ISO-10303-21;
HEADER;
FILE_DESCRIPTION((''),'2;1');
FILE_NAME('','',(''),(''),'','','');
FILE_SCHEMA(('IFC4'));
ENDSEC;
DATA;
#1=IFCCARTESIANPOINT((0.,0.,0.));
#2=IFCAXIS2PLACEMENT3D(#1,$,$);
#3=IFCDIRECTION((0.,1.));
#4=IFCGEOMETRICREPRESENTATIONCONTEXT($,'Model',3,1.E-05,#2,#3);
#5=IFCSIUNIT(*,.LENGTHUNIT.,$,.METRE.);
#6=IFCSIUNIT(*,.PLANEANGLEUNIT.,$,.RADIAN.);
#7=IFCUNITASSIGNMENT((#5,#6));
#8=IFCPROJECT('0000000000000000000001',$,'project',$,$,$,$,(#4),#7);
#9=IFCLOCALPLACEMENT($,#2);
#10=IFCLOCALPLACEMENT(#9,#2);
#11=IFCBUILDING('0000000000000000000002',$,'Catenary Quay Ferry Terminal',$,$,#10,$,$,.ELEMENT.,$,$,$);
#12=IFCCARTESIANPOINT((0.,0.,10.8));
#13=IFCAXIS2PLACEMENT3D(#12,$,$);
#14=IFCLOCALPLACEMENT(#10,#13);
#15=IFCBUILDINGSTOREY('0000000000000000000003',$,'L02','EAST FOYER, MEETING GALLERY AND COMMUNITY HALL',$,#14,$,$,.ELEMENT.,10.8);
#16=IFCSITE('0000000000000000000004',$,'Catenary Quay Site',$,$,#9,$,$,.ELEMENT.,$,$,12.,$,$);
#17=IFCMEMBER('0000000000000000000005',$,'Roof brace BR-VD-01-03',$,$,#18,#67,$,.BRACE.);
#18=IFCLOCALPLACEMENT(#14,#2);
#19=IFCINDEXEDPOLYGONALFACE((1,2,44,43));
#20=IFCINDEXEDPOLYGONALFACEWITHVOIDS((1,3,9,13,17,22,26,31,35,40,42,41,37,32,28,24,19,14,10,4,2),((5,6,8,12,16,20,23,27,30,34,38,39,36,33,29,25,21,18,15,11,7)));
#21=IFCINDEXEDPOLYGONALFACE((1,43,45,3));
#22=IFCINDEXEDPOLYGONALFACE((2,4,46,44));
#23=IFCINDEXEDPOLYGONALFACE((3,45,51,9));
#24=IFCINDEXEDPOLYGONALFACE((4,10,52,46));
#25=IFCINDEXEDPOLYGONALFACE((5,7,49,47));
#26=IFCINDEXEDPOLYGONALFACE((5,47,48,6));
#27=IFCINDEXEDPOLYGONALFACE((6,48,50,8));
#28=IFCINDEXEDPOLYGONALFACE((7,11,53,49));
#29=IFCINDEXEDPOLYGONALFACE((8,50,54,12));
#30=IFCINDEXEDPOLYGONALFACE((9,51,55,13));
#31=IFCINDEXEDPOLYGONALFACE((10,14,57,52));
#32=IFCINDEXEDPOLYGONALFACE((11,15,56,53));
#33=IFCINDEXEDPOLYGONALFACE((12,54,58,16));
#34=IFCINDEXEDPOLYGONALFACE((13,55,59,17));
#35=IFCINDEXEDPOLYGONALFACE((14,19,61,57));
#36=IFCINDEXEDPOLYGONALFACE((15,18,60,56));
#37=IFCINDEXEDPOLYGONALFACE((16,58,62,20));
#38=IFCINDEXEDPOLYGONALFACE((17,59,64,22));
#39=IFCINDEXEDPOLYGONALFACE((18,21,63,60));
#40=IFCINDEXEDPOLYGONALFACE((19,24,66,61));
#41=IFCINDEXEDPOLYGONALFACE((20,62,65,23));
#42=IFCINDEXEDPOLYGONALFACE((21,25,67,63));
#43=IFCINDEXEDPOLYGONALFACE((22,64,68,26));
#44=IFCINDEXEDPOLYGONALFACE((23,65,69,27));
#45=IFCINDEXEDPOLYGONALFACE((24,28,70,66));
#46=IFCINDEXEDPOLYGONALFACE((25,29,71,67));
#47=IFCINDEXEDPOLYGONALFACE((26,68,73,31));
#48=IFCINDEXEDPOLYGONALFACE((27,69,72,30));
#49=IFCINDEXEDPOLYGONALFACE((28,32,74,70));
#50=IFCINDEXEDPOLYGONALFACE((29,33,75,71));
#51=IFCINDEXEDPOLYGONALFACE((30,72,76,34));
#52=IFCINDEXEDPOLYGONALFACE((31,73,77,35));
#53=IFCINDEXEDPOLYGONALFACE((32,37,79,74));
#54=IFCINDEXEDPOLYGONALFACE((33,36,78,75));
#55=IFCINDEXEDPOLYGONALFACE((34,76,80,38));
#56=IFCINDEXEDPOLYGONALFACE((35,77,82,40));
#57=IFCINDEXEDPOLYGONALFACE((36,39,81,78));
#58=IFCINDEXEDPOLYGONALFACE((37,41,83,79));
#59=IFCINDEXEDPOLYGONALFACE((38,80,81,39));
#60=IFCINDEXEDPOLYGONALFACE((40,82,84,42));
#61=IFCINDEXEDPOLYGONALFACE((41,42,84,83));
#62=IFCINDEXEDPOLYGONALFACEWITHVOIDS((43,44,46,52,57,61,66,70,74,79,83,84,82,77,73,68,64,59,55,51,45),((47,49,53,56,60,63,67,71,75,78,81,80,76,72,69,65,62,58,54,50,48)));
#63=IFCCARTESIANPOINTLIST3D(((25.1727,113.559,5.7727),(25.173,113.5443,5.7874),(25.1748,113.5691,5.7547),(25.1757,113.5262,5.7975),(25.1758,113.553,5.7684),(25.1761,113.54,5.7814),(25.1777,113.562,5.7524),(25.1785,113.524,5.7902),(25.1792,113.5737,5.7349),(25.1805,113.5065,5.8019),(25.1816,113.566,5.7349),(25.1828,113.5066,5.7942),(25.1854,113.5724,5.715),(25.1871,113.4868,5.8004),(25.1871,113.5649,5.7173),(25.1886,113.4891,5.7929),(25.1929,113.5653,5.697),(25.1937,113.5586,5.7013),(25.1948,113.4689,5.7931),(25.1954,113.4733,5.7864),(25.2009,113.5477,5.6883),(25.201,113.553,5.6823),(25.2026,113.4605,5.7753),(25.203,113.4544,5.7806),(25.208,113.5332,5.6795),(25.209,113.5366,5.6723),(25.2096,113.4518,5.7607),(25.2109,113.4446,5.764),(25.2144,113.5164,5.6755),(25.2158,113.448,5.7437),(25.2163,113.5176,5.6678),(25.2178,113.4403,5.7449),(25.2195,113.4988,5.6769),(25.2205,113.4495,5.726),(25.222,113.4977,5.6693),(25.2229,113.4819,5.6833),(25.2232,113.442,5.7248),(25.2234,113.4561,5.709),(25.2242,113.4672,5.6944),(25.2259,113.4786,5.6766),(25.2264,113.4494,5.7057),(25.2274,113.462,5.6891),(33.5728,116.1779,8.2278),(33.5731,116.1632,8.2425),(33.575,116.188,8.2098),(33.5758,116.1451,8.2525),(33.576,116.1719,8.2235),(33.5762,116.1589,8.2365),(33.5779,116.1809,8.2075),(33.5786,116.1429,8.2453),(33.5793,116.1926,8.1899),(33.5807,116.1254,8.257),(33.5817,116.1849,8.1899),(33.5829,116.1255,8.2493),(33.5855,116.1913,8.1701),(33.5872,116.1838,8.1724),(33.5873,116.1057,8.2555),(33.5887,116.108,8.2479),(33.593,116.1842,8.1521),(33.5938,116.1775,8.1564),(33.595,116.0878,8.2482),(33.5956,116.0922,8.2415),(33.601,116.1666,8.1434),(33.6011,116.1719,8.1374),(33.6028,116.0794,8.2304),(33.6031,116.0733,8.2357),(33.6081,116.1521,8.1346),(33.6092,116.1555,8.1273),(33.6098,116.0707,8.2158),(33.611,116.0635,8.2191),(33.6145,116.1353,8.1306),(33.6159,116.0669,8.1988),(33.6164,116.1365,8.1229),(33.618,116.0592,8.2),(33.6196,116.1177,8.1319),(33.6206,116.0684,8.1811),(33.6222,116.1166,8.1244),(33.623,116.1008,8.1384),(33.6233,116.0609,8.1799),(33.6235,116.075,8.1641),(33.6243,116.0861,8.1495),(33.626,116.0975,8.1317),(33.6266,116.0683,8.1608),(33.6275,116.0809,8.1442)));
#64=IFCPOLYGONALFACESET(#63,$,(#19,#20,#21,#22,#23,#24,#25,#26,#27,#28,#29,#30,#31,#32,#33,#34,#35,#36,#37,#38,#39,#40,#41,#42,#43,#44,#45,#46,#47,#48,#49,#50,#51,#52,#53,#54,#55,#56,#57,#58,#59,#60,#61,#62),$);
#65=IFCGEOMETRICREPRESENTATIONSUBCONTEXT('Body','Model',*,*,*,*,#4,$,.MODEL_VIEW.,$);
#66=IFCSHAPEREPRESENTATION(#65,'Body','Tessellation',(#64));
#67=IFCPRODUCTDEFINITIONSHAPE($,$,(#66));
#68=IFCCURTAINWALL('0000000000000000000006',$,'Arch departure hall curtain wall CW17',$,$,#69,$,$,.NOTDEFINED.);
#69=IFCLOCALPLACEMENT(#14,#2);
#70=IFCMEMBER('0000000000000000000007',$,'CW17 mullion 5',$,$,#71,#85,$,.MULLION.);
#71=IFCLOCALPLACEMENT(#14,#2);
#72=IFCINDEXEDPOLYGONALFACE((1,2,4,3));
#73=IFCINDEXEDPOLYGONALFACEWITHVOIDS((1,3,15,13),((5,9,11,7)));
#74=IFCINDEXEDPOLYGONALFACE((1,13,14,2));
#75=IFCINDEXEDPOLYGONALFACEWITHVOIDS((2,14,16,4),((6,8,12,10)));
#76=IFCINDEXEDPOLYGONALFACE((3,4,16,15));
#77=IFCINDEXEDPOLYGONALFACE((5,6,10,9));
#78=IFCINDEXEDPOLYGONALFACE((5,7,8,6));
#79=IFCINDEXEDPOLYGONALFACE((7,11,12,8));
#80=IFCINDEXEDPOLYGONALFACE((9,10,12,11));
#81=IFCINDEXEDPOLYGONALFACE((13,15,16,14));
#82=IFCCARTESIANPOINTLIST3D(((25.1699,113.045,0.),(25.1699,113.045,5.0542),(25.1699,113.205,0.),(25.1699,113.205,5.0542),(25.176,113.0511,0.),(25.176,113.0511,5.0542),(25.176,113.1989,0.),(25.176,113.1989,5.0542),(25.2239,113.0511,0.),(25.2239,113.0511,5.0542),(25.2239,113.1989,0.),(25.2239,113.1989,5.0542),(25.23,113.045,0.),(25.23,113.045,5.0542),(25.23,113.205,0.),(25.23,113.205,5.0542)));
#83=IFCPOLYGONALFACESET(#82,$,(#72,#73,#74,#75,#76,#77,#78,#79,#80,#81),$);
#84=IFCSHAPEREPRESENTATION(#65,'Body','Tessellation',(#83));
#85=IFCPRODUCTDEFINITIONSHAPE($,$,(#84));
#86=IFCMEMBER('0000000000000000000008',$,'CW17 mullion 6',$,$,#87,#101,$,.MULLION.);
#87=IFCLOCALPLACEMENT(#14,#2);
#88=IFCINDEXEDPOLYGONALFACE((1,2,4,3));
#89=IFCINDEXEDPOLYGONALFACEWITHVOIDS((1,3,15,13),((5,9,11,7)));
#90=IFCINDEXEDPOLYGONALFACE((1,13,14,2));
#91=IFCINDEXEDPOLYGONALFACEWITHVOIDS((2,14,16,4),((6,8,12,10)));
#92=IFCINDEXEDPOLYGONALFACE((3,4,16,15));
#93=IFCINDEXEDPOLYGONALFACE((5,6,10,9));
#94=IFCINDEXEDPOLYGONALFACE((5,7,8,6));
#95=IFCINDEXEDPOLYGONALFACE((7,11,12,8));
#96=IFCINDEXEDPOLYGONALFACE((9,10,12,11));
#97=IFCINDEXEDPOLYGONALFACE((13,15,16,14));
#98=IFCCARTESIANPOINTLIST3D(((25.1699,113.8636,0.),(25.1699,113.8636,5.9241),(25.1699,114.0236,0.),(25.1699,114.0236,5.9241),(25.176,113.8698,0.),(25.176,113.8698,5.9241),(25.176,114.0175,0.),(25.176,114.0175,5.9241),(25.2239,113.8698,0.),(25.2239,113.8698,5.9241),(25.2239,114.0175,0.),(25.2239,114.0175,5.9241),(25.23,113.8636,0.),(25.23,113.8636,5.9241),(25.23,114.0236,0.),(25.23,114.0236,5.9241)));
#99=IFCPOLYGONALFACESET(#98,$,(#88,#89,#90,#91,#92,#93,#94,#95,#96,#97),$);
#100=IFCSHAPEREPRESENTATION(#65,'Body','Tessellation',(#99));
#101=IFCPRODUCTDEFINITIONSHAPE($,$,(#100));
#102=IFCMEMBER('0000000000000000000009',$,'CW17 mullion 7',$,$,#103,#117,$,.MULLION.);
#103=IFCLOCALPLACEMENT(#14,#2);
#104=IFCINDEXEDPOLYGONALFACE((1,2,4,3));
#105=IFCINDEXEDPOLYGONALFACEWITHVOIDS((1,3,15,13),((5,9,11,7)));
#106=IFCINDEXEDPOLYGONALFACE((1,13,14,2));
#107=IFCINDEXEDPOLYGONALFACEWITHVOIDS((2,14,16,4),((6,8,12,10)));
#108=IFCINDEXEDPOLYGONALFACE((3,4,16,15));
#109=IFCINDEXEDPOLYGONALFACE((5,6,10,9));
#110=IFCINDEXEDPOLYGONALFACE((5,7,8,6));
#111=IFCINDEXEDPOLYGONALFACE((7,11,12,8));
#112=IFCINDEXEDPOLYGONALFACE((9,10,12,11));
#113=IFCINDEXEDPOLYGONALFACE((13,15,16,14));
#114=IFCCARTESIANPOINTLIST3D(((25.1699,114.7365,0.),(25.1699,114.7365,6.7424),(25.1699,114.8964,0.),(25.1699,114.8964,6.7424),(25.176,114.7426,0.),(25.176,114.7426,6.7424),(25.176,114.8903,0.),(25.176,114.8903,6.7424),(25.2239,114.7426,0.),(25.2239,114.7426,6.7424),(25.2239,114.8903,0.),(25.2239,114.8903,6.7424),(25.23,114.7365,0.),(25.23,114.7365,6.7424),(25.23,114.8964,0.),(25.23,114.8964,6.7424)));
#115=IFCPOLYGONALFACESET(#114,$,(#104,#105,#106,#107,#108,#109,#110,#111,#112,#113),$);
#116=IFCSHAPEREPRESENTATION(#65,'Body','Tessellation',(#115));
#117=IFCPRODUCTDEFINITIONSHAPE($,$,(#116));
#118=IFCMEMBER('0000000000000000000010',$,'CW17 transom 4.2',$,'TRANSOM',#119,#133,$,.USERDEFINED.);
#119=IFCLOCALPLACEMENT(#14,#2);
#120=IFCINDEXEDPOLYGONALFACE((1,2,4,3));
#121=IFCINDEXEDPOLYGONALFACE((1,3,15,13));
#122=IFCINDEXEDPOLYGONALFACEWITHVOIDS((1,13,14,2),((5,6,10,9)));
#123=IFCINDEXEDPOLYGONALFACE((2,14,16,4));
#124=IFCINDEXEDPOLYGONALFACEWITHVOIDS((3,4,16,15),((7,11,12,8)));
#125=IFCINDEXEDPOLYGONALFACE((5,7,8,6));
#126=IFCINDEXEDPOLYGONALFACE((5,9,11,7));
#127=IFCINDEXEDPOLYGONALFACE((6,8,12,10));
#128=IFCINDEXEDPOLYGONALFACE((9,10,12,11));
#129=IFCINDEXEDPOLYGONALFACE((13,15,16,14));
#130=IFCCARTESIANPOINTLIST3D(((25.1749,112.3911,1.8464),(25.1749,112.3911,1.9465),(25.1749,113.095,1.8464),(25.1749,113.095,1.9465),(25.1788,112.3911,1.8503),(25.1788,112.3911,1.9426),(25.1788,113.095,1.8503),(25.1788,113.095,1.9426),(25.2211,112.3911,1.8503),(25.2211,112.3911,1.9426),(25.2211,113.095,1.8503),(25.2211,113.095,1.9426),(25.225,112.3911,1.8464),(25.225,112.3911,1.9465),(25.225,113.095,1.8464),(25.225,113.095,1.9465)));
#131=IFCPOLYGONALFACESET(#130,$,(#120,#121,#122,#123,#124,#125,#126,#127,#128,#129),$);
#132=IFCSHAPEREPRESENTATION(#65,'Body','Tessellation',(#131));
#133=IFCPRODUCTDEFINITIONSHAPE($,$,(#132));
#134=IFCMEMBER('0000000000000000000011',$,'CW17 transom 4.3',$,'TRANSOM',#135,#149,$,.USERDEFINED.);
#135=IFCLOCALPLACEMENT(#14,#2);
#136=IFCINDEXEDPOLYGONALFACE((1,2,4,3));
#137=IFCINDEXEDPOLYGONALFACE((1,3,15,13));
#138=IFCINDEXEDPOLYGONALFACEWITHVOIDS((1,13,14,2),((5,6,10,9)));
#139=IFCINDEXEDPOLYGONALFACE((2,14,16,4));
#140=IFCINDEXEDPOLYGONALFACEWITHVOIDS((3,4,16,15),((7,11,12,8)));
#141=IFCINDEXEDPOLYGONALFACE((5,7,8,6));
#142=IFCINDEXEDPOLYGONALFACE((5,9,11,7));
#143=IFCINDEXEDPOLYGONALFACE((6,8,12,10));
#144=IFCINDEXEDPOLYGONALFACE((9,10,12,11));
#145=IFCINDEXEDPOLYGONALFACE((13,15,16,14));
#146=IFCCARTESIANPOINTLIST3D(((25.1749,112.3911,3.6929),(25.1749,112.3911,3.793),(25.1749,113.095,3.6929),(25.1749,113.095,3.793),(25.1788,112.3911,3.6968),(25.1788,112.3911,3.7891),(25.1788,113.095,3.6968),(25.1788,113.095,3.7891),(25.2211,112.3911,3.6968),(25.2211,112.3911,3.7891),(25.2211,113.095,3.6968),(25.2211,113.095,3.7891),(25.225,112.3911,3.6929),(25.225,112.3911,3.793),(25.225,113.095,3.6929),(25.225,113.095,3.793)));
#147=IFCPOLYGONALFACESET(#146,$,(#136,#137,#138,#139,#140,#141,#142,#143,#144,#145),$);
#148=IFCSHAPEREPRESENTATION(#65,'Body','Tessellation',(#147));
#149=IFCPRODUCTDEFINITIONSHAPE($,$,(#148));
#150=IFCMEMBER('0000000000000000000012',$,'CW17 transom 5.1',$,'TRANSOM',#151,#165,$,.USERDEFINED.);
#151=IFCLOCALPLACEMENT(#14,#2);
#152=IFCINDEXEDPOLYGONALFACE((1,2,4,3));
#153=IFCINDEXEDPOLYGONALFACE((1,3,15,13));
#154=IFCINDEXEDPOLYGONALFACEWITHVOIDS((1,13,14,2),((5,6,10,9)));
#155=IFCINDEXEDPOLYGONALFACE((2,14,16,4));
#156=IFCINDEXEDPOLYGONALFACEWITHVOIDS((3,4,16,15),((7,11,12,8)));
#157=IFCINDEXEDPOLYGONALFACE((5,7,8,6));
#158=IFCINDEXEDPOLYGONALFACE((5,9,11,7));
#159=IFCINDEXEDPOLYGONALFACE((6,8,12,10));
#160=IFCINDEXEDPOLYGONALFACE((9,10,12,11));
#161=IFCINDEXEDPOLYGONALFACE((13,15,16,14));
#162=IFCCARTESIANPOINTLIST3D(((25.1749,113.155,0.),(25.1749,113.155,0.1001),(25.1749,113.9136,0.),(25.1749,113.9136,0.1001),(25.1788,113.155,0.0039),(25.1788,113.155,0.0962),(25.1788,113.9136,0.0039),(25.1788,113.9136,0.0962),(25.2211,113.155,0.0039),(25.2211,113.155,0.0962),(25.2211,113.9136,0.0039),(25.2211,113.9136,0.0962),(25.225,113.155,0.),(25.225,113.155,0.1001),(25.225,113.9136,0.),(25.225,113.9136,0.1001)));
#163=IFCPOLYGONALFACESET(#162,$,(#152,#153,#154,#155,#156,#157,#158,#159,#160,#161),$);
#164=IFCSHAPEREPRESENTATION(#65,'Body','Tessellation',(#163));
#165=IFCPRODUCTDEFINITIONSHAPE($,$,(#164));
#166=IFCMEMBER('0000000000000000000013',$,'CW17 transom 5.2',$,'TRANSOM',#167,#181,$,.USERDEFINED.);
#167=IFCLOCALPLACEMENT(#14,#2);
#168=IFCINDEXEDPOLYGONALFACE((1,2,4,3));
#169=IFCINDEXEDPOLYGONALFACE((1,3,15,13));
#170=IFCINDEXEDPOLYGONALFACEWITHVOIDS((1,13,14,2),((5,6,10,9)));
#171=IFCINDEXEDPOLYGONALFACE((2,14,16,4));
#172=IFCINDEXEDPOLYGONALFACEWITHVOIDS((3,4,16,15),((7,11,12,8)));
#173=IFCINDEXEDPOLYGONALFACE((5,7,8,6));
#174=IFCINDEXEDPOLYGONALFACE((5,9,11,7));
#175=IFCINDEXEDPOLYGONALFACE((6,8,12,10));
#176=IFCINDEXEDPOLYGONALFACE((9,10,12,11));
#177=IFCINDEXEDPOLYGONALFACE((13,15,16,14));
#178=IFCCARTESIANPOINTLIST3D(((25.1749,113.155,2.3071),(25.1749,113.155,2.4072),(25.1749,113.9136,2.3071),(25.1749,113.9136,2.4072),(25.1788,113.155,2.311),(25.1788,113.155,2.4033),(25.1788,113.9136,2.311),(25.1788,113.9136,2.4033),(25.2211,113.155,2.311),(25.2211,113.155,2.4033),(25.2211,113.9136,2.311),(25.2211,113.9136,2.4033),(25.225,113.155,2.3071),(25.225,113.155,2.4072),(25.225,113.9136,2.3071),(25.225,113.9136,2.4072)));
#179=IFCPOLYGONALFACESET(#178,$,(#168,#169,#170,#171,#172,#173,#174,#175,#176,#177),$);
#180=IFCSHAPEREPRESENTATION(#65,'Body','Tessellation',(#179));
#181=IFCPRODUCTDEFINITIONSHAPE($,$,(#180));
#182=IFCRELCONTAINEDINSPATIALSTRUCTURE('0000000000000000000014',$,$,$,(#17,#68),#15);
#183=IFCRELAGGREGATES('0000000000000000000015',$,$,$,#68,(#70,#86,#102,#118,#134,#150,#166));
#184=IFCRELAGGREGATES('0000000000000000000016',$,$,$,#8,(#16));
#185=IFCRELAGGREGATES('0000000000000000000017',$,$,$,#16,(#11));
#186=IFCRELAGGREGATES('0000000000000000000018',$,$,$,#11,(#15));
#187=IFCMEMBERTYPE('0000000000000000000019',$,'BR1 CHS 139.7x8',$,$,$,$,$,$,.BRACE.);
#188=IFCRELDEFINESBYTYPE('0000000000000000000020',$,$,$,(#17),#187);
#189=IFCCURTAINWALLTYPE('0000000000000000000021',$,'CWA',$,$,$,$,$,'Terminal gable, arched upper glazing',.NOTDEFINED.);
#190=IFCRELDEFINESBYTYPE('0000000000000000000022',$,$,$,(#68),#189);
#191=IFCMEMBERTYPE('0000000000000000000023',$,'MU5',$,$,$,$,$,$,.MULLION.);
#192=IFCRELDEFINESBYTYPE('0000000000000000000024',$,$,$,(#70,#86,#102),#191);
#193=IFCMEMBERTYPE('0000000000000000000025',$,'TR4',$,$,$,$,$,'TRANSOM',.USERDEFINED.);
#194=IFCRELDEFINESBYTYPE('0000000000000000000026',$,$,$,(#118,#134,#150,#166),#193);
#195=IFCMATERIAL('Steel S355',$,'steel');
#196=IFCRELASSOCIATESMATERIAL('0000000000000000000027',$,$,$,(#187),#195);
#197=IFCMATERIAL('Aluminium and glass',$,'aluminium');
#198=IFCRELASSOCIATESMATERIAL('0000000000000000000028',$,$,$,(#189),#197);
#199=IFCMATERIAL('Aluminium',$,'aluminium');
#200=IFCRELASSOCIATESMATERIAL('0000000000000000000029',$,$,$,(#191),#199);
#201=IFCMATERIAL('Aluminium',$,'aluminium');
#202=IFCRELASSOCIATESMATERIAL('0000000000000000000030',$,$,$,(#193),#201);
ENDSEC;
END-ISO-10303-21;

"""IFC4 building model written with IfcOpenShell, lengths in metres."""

from ifc_helpers import new_model, si_unit, direction, frame, origin, origin_2d, place, context, subcontext, project, spatial, hollow_rectangle, hollow_circle, extrude, material, material_profile, profile_set, type_object, element, aggregate, save


model = new_model("IFC4")

# Units and contexts
model_context = context("Model", 3, precision=1e-05, world=origin(), true_north=direction((0.0, 1.0)))
body_context = subcontext(model_context, "Body", "Model", "MODEL_VIEW")
ifc_project = project(units=[si_unit("LENGTHUNIT", "METRE"), si_unit("PLANEANGLEUNIT", "RADIAN")], contexts=[model_context])

# Site, building, storey
site_placement = place(None, origin())
site = spatial("IfcSite", under=ifc_project, at=site_placement, Name="Catenary Quay Site", CompositionType="ELEMENT", RefElevation=12.0)
building_placement = place(site_placement, origin())
building = spatial("IfcBuilding", under=site, at=building_placement, Name="Catenary Quay Ferry Terminal", CompositionType="ELEMENT")
storey_placement = place(building_placement, frame((0.0, 0.0, 10.8)))
storey = spatial("IfcBuildingStorey", under=building, at=storey_placement, Name="L02", Description="EAST FOYER, MEETING GALLERY AND COMMUNITY HALL", CompositionType="ELEMENT", Elevation=10.8)

# Member
ifc_material_1 = material(Name="Steel S355", Category="steel")
ifc_material_profile_1 = material_profile(ifc_material_1, hollow_circle(Radius=0.0698, WallThickness=0.0081, at=origin_2d()), Name="CHS 139.7x8")
ifc_profile_set_1 = profile_set([ifc_material_profile_1], Name="Steel S355")
member_type_1 = type_object("IfcMemberType", Name="BR1 CHS 139.7x8", PredefinedType="BRACE", material=ifc_profile_set_1)
member_1_placement = place(storey_placement, frame((25.2, 113.5071, 5.7349), z_axis=(0.919555, 0.286688, 0.268755), x_axis=(-0.297638, 0.954679, 0.0)))
element("IfcMember", 1, at=member_1_placement, inside=storey, type_object=member_type_1, Name="Roof brace BR-VD-01-03", PredefinedType="BRACE", context=body_context, shape_type="SweptSolid", body=[
    extrude(hollow_circle(Radius=0.0698, WallThickness=0.0081, at=origin_2d()), origin(), (0.0, 0.0, 1.0), 9.135),
])

# Curtain wall, members
ifc_material_2 = material(Name="Aluminium and glass", Category="aluminium")
curtain_wall_type = type_object("IfcCurtainWallType", Name="CWA", ElementType="Terminal gable, arched upper glazing", PredefinedType="NOTDEFINED", material=ifc_material_2)
curtain_wall_placement = place(storey_placement, origin())
curtain_wall = element("IfcCurtainWall", 2, at=curtain_wall_placement, inside=storey, type_object=curtain_wall_type, Name="Arch departure hall curtain wall CW17", PredefinedType="NOTDEFINED")
ifc_material_3 = material(Name="Aluminium", Category="aluminium")
ifc_material_profile_2 = material_profile(ifc_material_3, hollow_rectangle(XDim=0.0601, YDim=0.1599, WallThickness=0.0061, at=origin_2d()), Name="MU5")
ifc_profile_set_2 = profile_set([ifc_material_profile_2], Name="Aluminium")
member_type_2 = type_object("IfcMemberType", Name="MU5", PredefinedType="MULLION", material=ifc_profile_set_2)
member_2_placement = place(storey_placement, frame((25.2, 113.125, 0.0), z_axis=(0.0, 0.0, 1.0), x_axis=(-1.0, 0.0, 0.0)))
member_2 = element("IfcMember", 3, at=member_2_placement, type_object=member_type_2, Name="CW17 mullion 5", PredefinedType="MULLION", context=body_context, shape_type="SweptSolid", body=[
    extrude(hollow_rectangle(XDim=0.0601, YDim=0.1599, WallThickness=0.0061, at=origin_2d()), origin(), (0.0, 0.0, 1.0), 5.0542),
])
member_3_placement = place(storey_placement, frame((25.2, 113.9436, 0.0), z_axis=(0.0, 0.0, 1.0), x_axis=(-1.0, 0.0, 0.0)))
member_3 = element("IfcMember", 4, at=member_3_placement, type_object=member_type_2, Name="CW17 mullion 6", PredefinedType="MULLION", context=body_context, shape_type="SweptSolid", body=[
    extrude(hollow_rectangle(XDim=0.0601, YDim=0.1599, WallThickness=0.0061, at=origin_2d()), origin(), (0.0, 0.0, 1.0), 5.9241),
])
member_4_placement = place(storey_placement, frame((25.2, 114.8164, 0.0), z_axis=(0.0, 0.0, 1.0), x_axis=(-1.0, 0.0, 0.0)))
member_4 = element("IfcMember", 5, at=member_4_placement, type_object=member_type_2, Name="CW17 mullion 7", PredefinedType="MULLION", context=body_context, shape_type="SweptSolid", body=[
    extrude(hollow_rectangle(XDim=0.0601, YDim=0.1599, WallThickness=0.0061, at=origin_2d()), origin(), (0.0, 0.0, 1.0), 6.7424),
])
ifc_material_4 = material(Name="Aluminium", Category="aluminium")
ifc_material_profile_3 = material_profile(ifc_material_4, hollow_rectangle(XDim=0.05, YDim=0.1001, WallThickness=0.0039, at=origin_2d()), Name="TR4")
ifc_profile_set_3 = profile_set([ifc_material_profile_3], Name="Aluminium")
member_type_3 = type_object("IfcMemberType", Name="TR4", ElementType="TRANSOM", PredefinedType="USERDEFINED", material=ifc_profile_set_3)
member_5_placement = place(storey_placement, frame((25.2, 112.3911, 1.8965), z_axis=(0.0, 1.0, 0.0), x_axis=(-1.0, 0.0, 0.0)))
member_5 = element("IfcMember", 6, at=member_5_placement, type_object=member_type_3, Name="CW17 transom 4.2", ObjectType="TRANSOM", PredefinedType="USERDEFINED", context=body_context, shape_type="SweptSolid", body=[
    extrude(hollow_rectangle(XDim=0.05, YDim=0.1001, WallThickness=0.0039, at=origin_2d()), origin(), (0.0, 0.0, 1.0), 0.7039),
])
member_6_placement = place(storey_placement, frame((25.2, 112.3911, 3.7429), z_axis=(0.0, 1.0, 0.0), x_axis=(-1.0, 0.0, 0.0)))
member_6 = element("IfcMember", 7, at=member_6_placement, type_object=member_type_3, Name="CW17 transom 4.3", ObjectType="TRANSOM", PredefinedType="USERDEFINED", context=body_context, shape_type="SweptSolid", body=[
    extrude(hollow_rectangle(XDim=0.05, YDim=0.1001, WallThickness=0.0039, at=origin_2d()), origin(), (0.0, 0.0, 1.0), 0.7039),
])
member_7_placement = place(storey_placement, frame((25.2, 113.155, 0.05), z_axis=(0.0, 1.0, 0.0), x_axis=(-1.0, 0.0, 0.0)))
member_7 = element("IfcMember", 8, at=member_7_placement, type_object=member_type_3, Name="CW17 transom 5.1", ObjectType="TRANSOM", PredefinedType="USERDEFINED", context=body_context, shape_type="SweptSolid", body=[
    extrude(hollow_rectangle(XDim=0.05, YDim=0.1001, WallThickness=0.0039, at=origin_2d()), origin(), (0.0, 0.0, 1.0), 0.7585),
])
member_8_placement = place(storey_placement, frame((25.2, 113.155, 2.3572), z_axis=(0.0, 1.0, 0.0), x_axis=(-1.0, 0.0, 0.0)))
member_8 = element("IfcMember", 9, at=member_8_placement, type_object=member_type_3, Name="CW17 transom 5.2", ObjectType="TRANSOM", PredefinedType="USERDEFINED", context=body_context, shape_type="SweptSolid", body=[
    extrude(hollow_rectangle(XDim=0.05, YDim=0.1001, WallThickness=0.0039, at=origin_2d()), origin(), (0.0, 0.0, 1.0), 0.7585),
])

aggregate(curtain_wall, [member_2, member_3, member_4, member_5, member_6, member_7, member_8])

save(model, "model.ifc")
